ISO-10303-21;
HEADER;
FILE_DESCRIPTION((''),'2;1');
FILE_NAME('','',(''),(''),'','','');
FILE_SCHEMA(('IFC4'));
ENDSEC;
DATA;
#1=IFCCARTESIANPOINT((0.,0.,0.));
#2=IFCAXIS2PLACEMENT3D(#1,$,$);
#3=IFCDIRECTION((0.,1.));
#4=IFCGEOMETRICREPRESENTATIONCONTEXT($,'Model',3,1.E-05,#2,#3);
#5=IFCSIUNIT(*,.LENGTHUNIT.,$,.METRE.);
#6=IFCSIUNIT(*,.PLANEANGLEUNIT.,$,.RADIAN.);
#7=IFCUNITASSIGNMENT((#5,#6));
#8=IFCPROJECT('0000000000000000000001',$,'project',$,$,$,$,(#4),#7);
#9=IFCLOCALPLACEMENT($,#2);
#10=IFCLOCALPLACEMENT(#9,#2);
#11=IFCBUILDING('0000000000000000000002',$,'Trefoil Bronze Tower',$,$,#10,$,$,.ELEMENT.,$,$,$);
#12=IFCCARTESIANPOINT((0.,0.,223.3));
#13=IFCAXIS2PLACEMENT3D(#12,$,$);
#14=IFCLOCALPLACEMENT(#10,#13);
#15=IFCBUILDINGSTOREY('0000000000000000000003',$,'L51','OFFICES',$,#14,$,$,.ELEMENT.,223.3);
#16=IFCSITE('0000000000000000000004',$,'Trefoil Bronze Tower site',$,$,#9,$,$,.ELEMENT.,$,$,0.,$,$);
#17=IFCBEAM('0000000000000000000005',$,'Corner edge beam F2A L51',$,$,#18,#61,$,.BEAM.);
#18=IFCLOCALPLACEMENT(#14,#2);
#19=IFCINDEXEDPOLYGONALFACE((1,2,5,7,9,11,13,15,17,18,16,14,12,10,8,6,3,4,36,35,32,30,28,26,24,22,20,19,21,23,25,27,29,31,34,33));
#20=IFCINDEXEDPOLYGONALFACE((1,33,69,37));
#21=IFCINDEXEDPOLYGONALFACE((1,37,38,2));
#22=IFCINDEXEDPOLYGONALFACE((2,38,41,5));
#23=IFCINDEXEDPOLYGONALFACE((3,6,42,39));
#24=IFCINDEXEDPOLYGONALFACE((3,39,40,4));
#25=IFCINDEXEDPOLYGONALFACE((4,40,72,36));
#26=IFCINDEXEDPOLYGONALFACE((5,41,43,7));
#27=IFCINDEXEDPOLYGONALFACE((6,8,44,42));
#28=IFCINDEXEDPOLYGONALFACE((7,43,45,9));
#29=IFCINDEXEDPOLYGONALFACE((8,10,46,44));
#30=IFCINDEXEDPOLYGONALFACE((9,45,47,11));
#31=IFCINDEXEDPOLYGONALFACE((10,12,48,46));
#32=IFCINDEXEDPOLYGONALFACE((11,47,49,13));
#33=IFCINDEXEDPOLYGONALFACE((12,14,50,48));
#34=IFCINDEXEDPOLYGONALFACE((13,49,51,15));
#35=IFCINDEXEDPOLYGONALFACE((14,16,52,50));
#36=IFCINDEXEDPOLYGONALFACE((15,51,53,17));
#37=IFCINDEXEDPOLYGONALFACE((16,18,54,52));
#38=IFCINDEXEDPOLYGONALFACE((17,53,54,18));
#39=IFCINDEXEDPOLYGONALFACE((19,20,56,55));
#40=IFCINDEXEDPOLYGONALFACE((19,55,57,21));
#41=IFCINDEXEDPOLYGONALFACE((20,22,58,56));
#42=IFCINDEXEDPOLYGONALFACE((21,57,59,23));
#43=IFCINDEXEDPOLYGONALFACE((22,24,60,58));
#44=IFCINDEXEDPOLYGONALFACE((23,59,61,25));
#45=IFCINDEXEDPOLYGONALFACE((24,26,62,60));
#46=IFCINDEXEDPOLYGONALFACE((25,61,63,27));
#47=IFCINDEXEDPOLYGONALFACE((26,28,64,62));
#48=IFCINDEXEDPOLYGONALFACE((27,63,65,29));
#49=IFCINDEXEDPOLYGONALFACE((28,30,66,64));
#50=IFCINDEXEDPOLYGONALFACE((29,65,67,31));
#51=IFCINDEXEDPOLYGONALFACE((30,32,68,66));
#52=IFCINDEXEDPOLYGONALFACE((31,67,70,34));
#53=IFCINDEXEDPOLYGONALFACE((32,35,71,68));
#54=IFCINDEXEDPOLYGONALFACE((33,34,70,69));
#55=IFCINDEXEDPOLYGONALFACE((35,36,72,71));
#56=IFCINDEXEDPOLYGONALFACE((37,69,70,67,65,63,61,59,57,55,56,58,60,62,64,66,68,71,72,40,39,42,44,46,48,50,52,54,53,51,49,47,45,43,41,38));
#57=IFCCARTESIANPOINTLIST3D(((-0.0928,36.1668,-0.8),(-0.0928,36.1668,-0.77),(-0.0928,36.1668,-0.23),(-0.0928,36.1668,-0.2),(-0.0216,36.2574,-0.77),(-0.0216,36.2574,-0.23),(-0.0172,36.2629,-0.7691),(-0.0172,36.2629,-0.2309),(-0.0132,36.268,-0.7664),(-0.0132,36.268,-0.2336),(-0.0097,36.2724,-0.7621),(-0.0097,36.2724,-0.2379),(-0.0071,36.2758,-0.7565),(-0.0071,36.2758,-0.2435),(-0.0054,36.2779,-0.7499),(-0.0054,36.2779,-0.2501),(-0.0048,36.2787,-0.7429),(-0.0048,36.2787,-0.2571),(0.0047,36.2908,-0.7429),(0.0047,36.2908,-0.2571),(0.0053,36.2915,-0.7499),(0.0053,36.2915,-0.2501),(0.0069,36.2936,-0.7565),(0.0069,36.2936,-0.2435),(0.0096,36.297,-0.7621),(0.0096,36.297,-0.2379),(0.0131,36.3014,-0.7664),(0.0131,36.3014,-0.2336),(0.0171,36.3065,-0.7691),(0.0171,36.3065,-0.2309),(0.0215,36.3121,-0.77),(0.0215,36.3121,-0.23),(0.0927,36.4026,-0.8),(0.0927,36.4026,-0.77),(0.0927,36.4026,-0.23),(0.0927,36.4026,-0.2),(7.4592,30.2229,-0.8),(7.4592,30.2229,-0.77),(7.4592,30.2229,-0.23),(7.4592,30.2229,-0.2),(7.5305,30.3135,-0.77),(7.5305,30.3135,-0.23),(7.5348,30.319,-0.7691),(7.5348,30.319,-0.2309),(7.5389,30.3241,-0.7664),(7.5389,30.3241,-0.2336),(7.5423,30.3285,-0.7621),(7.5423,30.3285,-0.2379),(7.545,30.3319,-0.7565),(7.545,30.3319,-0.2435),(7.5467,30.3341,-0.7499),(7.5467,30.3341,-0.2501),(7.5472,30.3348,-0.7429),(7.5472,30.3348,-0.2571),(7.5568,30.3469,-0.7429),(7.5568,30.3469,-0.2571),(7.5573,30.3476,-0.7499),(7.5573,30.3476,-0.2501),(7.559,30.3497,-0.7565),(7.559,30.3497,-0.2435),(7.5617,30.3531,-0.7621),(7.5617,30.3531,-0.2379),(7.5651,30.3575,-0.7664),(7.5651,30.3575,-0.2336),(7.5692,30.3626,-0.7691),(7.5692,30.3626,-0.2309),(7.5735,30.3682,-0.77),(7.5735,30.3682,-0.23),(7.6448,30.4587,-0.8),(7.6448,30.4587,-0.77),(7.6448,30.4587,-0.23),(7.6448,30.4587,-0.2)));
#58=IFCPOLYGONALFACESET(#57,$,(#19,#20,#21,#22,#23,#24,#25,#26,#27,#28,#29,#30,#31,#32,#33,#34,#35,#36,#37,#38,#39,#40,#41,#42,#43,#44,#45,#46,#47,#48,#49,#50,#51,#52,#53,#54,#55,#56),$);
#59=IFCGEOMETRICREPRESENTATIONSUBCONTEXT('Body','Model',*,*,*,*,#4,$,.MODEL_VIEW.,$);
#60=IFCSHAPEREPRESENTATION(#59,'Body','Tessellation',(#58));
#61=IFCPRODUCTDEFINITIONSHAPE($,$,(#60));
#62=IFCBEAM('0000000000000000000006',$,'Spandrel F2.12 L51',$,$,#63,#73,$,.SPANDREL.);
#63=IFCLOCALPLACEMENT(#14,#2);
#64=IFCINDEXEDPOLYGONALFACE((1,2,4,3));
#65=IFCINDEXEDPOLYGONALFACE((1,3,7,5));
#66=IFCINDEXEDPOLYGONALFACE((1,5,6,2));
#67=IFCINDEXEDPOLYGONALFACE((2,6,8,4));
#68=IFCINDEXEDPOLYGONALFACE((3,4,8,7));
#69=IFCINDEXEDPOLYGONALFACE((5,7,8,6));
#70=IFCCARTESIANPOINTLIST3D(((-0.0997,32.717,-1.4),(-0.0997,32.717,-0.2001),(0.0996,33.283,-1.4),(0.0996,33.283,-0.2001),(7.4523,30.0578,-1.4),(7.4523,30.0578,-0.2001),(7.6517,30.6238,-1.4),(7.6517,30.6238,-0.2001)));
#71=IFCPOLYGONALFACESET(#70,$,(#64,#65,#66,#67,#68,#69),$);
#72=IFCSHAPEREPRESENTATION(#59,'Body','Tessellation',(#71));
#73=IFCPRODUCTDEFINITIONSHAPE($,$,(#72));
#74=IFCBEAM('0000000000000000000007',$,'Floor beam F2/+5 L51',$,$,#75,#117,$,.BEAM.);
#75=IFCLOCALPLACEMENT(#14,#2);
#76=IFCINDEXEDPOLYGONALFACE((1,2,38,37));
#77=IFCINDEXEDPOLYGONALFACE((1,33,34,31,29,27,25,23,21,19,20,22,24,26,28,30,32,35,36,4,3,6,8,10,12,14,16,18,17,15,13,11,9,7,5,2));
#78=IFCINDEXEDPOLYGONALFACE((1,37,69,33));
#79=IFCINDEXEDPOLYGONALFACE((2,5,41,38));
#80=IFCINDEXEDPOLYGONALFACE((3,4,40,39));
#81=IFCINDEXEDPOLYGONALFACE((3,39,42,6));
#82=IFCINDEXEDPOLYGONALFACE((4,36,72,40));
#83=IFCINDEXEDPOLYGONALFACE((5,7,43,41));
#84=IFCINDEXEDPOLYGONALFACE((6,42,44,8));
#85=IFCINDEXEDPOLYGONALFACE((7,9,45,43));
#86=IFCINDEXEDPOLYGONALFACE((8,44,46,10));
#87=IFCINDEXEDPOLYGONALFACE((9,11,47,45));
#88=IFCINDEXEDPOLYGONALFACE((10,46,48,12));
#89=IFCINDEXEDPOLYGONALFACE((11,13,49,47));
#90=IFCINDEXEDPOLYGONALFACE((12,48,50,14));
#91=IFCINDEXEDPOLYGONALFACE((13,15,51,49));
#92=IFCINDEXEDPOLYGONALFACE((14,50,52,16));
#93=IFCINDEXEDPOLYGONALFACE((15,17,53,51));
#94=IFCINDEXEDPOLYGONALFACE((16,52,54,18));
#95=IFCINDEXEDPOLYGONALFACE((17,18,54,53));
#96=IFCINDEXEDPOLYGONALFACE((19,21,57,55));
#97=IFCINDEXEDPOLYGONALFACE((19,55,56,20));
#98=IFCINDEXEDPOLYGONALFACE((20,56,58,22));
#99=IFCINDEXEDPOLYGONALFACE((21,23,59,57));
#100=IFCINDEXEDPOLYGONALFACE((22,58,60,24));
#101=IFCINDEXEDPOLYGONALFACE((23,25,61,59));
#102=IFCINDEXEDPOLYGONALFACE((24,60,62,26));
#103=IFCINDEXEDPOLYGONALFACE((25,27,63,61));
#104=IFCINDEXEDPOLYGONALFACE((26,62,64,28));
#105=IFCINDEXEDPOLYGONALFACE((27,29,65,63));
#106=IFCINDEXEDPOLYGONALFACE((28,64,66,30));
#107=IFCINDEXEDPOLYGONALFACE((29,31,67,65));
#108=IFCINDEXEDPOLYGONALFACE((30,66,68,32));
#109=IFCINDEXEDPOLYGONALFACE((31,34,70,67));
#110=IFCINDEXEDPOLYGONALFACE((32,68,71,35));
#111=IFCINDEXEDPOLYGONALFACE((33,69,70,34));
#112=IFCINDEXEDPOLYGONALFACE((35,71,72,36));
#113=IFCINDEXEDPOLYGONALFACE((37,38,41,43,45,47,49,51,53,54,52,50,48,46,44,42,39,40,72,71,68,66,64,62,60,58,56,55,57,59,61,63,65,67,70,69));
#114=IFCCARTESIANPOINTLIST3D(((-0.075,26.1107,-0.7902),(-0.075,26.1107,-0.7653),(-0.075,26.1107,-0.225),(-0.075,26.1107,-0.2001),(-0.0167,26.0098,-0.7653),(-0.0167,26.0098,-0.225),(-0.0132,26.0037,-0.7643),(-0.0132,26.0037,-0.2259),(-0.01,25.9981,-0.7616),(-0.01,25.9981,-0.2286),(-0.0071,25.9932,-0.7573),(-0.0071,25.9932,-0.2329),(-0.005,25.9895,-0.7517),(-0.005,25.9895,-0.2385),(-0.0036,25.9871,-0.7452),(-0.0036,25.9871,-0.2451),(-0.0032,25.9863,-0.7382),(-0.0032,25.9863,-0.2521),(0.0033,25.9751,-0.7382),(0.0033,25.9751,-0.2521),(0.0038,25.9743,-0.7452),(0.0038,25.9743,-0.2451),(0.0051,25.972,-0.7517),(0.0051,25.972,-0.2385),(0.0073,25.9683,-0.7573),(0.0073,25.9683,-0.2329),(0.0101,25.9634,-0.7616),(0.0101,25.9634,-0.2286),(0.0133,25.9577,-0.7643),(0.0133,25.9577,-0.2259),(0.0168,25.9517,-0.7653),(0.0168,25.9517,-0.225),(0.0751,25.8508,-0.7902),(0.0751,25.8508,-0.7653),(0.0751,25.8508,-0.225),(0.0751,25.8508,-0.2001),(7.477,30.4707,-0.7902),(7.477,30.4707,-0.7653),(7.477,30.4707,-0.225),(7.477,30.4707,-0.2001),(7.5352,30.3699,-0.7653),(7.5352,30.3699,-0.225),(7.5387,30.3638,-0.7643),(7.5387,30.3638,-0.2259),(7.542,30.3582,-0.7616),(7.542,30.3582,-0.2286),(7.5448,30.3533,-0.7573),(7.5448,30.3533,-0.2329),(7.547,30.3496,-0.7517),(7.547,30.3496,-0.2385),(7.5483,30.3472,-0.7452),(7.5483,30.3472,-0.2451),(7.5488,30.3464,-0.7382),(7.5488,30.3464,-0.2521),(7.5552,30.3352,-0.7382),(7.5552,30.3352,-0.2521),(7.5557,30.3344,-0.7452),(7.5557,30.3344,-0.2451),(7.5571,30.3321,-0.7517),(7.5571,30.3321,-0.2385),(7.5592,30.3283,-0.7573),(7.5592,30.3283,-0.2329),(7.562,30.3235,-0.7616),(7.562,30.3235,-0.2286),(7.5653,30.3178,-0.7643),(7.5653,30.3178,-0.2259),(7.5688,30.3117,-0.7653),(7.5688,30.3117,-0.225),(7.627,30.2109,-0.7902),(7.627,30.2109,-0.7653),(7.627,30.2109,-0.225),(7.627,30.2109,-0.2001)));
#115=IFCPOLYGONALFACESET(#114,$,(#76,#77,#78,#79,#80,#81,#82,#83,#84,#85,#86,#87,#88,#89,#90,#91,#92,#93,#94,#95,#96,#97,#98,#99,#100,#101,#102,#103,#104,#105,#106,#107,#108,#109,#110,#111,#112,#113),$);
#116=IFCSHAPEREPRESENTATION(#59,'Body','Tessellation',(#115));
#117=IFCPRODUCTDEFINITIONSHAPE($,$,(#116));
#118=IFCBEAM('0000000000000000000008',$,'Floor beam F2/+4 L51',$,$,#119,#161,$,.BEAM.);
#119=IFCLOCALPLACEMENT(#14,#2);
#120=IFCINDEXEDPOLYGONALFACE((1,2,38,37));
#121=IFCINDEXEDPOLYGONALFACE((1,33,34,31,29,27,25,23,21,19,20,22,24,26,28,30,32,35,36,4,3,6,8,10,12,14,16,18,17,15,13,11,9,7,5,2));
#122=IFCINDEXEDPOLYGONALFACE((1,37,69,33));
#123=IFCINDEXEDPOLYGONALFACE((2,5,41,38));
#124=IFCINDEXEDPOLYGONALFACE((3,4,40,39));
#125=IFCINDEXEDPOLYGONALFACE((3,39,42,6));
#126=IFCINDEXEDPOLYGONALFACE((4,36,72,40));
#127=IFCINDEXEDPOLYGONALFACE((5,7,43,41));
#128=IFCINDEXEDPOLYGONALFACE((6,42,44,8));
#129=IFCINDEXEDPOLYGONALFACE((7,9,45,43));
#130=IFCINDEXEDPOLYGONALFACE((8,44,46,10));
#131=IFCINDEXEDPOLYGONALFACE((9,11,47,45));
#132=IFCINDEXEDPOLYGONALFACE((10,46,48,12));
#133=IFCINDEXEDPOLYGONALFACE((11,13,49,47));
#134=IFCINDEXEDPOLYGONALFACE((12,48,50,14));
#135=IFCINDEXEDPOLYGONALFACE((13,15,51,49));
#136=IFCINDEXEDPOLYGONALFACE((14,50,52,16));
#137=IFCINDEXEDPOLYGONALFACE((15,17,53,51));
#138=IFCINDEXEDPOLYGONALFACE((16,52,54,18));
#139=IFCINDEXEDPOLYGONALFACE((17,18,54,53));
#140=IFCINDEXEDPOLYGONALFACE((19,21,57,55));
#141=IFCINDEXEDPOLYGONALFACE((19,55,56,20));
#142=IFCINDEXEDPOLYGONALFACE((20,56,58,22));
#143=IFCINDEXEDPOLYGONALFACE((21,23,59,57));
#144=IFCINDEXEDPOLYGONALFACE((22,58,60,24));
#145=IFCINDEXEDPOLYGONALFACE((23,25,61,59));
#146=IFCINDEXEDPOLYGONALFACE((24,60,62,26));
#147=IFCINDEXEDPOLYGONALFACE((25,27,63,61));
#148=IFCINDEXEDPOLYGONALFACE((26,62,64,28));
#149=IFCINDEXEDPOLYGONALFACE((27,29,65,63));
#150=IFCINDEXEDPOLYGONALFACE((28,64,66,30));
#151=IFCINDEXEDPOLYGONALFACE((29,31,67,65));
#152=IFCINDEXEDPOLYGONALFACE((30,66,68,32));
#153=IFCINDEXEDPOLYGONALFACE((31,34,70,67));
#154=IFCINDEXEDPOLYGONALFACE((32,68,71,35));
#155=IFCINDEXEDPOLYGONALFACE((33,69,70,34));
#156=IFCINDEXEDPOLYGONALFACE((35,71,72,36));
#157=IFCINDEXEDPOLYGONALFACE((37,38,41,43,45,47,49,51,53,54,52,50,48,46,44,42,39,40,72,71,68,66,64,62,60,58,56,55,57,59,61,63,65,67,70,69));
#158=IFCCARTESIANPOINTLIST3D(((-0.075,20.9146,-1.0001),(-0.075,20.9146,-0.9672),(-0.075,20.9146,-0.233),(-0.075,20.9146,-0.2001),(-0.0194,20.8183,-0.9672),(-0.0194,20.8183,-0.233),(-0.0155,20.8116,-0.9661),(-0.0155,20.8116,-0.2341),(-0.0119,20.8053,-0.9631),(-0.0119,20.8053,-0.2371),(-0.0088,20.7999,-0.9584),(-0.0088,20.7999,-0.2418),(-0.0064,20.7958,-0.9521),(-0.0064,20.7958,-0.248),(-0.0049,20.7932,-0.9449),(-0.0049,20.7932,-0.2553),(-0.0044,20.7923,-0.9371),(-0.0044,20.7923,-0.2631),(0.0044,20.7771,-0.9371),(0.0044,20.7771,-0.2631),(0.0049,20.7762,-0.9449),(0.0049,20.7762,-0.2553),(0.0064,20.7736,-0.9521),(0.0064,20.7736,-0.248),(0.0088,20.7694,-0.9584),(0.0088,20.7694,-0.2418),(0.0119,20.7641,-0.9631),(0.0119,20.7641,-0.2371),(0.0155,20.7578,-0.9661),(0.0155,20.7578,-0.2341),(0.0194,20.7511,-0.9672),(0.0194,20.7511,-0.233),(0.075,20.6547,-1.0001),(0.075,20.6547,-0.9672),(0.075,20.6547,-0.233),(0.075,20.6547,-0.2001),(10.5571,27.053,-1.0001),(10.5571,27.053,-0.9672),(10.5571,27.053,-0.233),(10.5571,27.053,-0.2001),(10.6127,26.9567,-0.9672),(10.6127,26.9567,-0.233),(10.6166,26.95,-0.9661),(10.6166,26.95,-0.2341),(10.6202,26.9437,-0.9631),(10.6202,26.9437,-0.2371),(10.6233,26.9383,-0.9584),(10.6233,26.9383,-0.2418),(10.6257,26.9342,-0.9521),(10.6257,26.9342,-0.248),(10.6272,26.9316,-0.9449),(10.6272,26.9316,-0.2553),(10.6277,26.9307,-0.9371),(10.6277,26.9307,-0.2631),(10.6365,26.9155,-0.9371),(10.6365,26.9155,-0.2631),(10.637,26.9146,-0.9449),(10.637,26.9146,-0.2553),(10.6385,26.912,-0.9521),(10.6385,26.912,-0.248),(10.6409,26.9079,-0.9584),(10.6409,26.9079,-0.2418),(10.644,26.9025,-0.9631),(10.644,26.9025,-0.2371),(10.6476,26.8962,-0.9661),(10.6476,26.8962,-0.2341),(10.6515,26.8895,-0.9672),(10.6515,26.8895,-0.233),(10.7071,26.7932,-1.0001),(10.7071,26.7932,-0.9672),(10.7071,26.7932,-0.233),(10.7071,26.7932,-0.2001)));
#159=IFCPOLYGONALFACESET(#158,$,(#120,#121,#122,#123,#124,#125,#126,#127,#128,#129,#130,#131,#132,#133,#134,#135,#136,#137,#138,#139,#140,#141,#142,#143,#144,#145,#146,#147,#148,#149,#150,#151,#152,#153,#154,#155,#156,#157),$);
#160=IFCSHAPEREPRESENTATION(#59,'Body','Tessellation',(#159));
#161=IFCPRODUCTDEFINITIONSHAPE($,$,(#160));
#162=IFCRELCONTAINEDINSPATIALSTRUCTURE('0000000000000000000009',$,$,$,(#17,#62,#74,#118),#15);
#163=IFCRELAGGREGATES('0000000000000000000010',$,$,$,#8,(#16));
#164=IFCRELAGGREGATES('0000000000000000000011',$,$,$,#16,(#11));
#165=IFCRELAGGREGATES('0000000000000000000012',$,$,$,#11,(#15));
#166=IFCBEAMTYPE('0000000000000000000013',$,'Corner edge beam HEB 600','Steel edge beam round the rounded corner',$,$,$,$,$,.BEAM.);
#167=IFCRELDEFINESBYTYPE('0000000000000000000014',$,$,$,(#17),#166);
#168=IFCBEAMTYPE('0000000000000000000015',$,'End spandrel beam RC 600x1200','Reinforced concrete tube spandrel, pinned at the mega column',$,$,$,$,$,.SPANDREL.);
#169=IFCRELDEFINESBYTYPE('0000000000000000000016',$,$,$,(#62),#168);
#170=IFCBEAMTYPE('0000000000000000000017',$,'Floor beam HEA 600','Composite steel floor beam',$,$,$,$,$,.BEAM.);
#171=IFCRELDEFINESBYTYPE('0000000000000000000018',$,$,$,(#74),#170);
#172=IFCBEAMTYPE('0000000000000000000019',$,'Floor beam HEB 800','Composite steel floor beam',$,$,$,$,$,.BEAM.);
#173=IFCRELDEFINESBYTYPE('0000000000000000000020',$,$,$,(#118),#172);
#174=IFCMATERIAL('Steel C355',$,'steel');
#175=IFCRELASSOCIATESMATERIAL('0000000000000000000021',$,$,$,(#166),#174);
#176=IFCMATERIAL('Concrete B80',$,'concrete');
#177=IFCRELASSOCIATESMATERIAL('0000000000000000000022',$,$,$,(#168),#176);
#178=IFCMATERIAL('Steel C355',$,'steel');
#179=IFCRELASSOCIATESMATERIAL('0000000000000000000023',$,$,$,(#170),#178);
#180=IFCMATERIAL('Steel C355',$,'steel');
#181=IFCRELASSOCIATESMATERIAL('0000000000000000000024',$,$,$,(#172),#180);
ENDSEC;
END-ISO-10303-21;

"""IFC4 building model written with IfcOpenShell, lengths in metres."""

from ifc_helpers import new_model, si_unit, direction, frame, origin, origin_2d, place, context, subcontext, project, spatial, rectangle, i_section, extrude, material, material_profile, profile_set, type_object, element, save


model = new_model("IFC4")

# Units and contexts
model_context = context("Model", 3, precision=1e-05, world=origin(), true_north=direction((0.0, 1.0)))
body_context = subcontext(model_context, "Body", "Model", "MODEL_VIEW")
ifc_project = project(units=[si_unit("LENGTHUNIT", "METRE"), si_unit("PLANEANGLEUNIT", "RADIAN")], contexts=[model_context])

# Site, building, storey
site_placement = place(None, origin())
site = spatial("IfcSite", under=ifc_project, at=site_placement, Name="Trefoil Bronze Tower site", CompositionType="ELEMENT", RefElevation=0.0)
building_placement = place(site_placement, origin())
building = spatial("IfcBuilding", under=site, at=building_placement, Name="Trefoil Bronze Tower", CompositionType="ELEMENT")
storey_placement = place(building_placement, frame((0.0, 0.0, 223.3)))
storey = spatial("IfcBuildingStorey", under=building, at=storey_placement, Name="L51", Description="OFFICES", CompositionType="ELEMENT", Elevation=223.3)

# Beams
ifc_material_1 = material(Name="Steel C355", Category="steel")
ifc_material_profile_1 = material_profile(ifc_material_1, i_section(OverallWidth=0.3, OverallDepth=0.6001, WebThickness=0.0154, FlangeThickness=0.03, FilletRadius=0.0271, at=origin_2d()), Name="HEB 600")
ifc_profile_set_1 = profile_set([ifc_material_profile_1], Name="Steel C355")
beam_type_1 = type_object("IfcBeamType", Name="Corner edge beam HEB 600", Description="Steel edge beam round the rounded corner", PredefinedType="BEAM", material=ifc_profile_set_1)
beam_1_placement = place(storey_placement, frame((7.552, 30.3408, -0.5), z_axis=(-0.785806, 0.618473, 0.0), x_axis=(-0.618473, -0.785806, 0.0)))
element("IfcBeam", 1, at=beam_1_placement, inside=storey, type_object=beam_type_1, Name="Corner edge beam F2A L51", PredefinedType="BEAM", context=body_context, shape_type="SweptSolid", body=[
    extrude(i_section(OverallWidth=0.3, OverallDepth=0.6001, WebThickness=0.0154, FlangeThickness=0.03, FilletRadius=0.0271, at=origin_2d()), origin(), (0.0, 0.0, 1.0), 9.6106),
])
ifc_material_2 = material(Name="Concrete B80", Category="concrete")
ifc_material_profile_2 = material_profile(ifc_material_2, rectangle(XDim=0.6001, YDim=1.2, at=origin_2d()), Name="RC 600x1200")
ifc_profile_set_2 = profile_set([ifc_material_profile_2], Name="Concrete B80")
beam_type_2 = type_object("IfcBeamType", Name="End spandrel beam RC 600x1200", Description="Reinforced concrete tube spandrel, pinned at the mega column", PredefinedType="SPANDREL", material=ifc_profile_set_2)
beam_2_placement = place(storey_placement, frame((7.552, 30.3408, -0.8), z_axis=(-0.943234, 0.332128, 0.0), x_axis=(-0.332128, -0.943234, 0.0)))
element("IfcBeam", 2, at=beam_2_placement, inside=storey, type_object=beam_type_2, Name="Spandrel F2.12 L51", PredefinedType="SPANDREL", context=body_context, shape_type="SweptSolid", body=[
    extrude(rectangle(XDim=0.6001, YDim=1.2, at=origin_2d()), origin(), (0.0, 0.0, 1.0), 8.0066),
])
ifc_material_3 = material(Name="Steel C355", Category="steel")
ifc_material_profile_3 = material_profile(ifc_material_3, i_section(OverallWidth=0.3, OverallDepth=0.5901, WebThickness=0.0129, FlangeThickness=0.0249, FilletRadius=0.0271, at=origin_2d()), Name="HEA 600")
ifc_profile_set_3 = profile_set([ifc_material_profile_3], Name="Steel C355")
beam_type_3 = type_object("IfcBeamType", Name="Floor beam HEA 600", Description="Composite steel floor beam", PredefinedType="BEAM", material=ifc_profile_set_3)
beam_3_placement = place(storey_placement, frame((7.552, 30.3408, -0.4951), z_axis=(-0.866028, -0.499996, 0.0), x_axis=(0.499996, -0.866028, 0.0)))
element("IfcBeam", 3, at=beam_3_placement, inside=storey, type_object=beam_type_3, Name="Floor beam F2/+5 L51", PredefinedType="BEAM", context=body_context, shape_type="SweptSolid", body=[
    extrude(i_section(OverallWidth=0.3, OverallDepth=0.5901, WebThickness=0.0129, FlangeThickness=0.0249, FilletRadius=0.0271, at=origin_2d()), origin(), (0.0, 0.0, 1.0), 8.7202),
])
ifc_material_4 = material(Name="Steel C355", Category="steel")
ifc_material_profile_4 = material_profile(ifc_material_4, i_section(OverallWidth=0.3, OverallDepth=0.8, WebThickness=0.0176, FlangeThickness=0.033, FilletRadius=0.03, at=origin_2d()), Name="HEB 800")
ifc_profile_set_4 = profile_set([ifc_material_profile_4], Name="Steel C355")
beam_type_4 = type_object("IfcBeamType", Name="Floor beam HEB 800", Description="Composite steel floor beam", PredefinedType="BEAM", material=ifc_profile_set_4)
beam_4_placement = place(storey_placement, frame((10.6321, 26.9231, -0.6001), z_axis=(-0.866026, -0.5, 0.0), x_axis=(0.5, -0.866026, 0.0)))
element("IfcBeam", 4, at=beam_4_placement, inside=storey, type_object=beam_type_4, Name="Floor beam F2/+4 L51", PredefinedType="BEAM", context=body_context, shape_type="SweptSolid", body=[
    extrude(i_section(OverallWidth=0.3, OverallDepth=0.8, WebThickness=0.0176, FlangeThickness=0.033, FilletRadius=0.03, at=origin_2d()), origin(), (0.0, 0.0, 1.0), 12.2769),
])

save(model, "model.ifc")
